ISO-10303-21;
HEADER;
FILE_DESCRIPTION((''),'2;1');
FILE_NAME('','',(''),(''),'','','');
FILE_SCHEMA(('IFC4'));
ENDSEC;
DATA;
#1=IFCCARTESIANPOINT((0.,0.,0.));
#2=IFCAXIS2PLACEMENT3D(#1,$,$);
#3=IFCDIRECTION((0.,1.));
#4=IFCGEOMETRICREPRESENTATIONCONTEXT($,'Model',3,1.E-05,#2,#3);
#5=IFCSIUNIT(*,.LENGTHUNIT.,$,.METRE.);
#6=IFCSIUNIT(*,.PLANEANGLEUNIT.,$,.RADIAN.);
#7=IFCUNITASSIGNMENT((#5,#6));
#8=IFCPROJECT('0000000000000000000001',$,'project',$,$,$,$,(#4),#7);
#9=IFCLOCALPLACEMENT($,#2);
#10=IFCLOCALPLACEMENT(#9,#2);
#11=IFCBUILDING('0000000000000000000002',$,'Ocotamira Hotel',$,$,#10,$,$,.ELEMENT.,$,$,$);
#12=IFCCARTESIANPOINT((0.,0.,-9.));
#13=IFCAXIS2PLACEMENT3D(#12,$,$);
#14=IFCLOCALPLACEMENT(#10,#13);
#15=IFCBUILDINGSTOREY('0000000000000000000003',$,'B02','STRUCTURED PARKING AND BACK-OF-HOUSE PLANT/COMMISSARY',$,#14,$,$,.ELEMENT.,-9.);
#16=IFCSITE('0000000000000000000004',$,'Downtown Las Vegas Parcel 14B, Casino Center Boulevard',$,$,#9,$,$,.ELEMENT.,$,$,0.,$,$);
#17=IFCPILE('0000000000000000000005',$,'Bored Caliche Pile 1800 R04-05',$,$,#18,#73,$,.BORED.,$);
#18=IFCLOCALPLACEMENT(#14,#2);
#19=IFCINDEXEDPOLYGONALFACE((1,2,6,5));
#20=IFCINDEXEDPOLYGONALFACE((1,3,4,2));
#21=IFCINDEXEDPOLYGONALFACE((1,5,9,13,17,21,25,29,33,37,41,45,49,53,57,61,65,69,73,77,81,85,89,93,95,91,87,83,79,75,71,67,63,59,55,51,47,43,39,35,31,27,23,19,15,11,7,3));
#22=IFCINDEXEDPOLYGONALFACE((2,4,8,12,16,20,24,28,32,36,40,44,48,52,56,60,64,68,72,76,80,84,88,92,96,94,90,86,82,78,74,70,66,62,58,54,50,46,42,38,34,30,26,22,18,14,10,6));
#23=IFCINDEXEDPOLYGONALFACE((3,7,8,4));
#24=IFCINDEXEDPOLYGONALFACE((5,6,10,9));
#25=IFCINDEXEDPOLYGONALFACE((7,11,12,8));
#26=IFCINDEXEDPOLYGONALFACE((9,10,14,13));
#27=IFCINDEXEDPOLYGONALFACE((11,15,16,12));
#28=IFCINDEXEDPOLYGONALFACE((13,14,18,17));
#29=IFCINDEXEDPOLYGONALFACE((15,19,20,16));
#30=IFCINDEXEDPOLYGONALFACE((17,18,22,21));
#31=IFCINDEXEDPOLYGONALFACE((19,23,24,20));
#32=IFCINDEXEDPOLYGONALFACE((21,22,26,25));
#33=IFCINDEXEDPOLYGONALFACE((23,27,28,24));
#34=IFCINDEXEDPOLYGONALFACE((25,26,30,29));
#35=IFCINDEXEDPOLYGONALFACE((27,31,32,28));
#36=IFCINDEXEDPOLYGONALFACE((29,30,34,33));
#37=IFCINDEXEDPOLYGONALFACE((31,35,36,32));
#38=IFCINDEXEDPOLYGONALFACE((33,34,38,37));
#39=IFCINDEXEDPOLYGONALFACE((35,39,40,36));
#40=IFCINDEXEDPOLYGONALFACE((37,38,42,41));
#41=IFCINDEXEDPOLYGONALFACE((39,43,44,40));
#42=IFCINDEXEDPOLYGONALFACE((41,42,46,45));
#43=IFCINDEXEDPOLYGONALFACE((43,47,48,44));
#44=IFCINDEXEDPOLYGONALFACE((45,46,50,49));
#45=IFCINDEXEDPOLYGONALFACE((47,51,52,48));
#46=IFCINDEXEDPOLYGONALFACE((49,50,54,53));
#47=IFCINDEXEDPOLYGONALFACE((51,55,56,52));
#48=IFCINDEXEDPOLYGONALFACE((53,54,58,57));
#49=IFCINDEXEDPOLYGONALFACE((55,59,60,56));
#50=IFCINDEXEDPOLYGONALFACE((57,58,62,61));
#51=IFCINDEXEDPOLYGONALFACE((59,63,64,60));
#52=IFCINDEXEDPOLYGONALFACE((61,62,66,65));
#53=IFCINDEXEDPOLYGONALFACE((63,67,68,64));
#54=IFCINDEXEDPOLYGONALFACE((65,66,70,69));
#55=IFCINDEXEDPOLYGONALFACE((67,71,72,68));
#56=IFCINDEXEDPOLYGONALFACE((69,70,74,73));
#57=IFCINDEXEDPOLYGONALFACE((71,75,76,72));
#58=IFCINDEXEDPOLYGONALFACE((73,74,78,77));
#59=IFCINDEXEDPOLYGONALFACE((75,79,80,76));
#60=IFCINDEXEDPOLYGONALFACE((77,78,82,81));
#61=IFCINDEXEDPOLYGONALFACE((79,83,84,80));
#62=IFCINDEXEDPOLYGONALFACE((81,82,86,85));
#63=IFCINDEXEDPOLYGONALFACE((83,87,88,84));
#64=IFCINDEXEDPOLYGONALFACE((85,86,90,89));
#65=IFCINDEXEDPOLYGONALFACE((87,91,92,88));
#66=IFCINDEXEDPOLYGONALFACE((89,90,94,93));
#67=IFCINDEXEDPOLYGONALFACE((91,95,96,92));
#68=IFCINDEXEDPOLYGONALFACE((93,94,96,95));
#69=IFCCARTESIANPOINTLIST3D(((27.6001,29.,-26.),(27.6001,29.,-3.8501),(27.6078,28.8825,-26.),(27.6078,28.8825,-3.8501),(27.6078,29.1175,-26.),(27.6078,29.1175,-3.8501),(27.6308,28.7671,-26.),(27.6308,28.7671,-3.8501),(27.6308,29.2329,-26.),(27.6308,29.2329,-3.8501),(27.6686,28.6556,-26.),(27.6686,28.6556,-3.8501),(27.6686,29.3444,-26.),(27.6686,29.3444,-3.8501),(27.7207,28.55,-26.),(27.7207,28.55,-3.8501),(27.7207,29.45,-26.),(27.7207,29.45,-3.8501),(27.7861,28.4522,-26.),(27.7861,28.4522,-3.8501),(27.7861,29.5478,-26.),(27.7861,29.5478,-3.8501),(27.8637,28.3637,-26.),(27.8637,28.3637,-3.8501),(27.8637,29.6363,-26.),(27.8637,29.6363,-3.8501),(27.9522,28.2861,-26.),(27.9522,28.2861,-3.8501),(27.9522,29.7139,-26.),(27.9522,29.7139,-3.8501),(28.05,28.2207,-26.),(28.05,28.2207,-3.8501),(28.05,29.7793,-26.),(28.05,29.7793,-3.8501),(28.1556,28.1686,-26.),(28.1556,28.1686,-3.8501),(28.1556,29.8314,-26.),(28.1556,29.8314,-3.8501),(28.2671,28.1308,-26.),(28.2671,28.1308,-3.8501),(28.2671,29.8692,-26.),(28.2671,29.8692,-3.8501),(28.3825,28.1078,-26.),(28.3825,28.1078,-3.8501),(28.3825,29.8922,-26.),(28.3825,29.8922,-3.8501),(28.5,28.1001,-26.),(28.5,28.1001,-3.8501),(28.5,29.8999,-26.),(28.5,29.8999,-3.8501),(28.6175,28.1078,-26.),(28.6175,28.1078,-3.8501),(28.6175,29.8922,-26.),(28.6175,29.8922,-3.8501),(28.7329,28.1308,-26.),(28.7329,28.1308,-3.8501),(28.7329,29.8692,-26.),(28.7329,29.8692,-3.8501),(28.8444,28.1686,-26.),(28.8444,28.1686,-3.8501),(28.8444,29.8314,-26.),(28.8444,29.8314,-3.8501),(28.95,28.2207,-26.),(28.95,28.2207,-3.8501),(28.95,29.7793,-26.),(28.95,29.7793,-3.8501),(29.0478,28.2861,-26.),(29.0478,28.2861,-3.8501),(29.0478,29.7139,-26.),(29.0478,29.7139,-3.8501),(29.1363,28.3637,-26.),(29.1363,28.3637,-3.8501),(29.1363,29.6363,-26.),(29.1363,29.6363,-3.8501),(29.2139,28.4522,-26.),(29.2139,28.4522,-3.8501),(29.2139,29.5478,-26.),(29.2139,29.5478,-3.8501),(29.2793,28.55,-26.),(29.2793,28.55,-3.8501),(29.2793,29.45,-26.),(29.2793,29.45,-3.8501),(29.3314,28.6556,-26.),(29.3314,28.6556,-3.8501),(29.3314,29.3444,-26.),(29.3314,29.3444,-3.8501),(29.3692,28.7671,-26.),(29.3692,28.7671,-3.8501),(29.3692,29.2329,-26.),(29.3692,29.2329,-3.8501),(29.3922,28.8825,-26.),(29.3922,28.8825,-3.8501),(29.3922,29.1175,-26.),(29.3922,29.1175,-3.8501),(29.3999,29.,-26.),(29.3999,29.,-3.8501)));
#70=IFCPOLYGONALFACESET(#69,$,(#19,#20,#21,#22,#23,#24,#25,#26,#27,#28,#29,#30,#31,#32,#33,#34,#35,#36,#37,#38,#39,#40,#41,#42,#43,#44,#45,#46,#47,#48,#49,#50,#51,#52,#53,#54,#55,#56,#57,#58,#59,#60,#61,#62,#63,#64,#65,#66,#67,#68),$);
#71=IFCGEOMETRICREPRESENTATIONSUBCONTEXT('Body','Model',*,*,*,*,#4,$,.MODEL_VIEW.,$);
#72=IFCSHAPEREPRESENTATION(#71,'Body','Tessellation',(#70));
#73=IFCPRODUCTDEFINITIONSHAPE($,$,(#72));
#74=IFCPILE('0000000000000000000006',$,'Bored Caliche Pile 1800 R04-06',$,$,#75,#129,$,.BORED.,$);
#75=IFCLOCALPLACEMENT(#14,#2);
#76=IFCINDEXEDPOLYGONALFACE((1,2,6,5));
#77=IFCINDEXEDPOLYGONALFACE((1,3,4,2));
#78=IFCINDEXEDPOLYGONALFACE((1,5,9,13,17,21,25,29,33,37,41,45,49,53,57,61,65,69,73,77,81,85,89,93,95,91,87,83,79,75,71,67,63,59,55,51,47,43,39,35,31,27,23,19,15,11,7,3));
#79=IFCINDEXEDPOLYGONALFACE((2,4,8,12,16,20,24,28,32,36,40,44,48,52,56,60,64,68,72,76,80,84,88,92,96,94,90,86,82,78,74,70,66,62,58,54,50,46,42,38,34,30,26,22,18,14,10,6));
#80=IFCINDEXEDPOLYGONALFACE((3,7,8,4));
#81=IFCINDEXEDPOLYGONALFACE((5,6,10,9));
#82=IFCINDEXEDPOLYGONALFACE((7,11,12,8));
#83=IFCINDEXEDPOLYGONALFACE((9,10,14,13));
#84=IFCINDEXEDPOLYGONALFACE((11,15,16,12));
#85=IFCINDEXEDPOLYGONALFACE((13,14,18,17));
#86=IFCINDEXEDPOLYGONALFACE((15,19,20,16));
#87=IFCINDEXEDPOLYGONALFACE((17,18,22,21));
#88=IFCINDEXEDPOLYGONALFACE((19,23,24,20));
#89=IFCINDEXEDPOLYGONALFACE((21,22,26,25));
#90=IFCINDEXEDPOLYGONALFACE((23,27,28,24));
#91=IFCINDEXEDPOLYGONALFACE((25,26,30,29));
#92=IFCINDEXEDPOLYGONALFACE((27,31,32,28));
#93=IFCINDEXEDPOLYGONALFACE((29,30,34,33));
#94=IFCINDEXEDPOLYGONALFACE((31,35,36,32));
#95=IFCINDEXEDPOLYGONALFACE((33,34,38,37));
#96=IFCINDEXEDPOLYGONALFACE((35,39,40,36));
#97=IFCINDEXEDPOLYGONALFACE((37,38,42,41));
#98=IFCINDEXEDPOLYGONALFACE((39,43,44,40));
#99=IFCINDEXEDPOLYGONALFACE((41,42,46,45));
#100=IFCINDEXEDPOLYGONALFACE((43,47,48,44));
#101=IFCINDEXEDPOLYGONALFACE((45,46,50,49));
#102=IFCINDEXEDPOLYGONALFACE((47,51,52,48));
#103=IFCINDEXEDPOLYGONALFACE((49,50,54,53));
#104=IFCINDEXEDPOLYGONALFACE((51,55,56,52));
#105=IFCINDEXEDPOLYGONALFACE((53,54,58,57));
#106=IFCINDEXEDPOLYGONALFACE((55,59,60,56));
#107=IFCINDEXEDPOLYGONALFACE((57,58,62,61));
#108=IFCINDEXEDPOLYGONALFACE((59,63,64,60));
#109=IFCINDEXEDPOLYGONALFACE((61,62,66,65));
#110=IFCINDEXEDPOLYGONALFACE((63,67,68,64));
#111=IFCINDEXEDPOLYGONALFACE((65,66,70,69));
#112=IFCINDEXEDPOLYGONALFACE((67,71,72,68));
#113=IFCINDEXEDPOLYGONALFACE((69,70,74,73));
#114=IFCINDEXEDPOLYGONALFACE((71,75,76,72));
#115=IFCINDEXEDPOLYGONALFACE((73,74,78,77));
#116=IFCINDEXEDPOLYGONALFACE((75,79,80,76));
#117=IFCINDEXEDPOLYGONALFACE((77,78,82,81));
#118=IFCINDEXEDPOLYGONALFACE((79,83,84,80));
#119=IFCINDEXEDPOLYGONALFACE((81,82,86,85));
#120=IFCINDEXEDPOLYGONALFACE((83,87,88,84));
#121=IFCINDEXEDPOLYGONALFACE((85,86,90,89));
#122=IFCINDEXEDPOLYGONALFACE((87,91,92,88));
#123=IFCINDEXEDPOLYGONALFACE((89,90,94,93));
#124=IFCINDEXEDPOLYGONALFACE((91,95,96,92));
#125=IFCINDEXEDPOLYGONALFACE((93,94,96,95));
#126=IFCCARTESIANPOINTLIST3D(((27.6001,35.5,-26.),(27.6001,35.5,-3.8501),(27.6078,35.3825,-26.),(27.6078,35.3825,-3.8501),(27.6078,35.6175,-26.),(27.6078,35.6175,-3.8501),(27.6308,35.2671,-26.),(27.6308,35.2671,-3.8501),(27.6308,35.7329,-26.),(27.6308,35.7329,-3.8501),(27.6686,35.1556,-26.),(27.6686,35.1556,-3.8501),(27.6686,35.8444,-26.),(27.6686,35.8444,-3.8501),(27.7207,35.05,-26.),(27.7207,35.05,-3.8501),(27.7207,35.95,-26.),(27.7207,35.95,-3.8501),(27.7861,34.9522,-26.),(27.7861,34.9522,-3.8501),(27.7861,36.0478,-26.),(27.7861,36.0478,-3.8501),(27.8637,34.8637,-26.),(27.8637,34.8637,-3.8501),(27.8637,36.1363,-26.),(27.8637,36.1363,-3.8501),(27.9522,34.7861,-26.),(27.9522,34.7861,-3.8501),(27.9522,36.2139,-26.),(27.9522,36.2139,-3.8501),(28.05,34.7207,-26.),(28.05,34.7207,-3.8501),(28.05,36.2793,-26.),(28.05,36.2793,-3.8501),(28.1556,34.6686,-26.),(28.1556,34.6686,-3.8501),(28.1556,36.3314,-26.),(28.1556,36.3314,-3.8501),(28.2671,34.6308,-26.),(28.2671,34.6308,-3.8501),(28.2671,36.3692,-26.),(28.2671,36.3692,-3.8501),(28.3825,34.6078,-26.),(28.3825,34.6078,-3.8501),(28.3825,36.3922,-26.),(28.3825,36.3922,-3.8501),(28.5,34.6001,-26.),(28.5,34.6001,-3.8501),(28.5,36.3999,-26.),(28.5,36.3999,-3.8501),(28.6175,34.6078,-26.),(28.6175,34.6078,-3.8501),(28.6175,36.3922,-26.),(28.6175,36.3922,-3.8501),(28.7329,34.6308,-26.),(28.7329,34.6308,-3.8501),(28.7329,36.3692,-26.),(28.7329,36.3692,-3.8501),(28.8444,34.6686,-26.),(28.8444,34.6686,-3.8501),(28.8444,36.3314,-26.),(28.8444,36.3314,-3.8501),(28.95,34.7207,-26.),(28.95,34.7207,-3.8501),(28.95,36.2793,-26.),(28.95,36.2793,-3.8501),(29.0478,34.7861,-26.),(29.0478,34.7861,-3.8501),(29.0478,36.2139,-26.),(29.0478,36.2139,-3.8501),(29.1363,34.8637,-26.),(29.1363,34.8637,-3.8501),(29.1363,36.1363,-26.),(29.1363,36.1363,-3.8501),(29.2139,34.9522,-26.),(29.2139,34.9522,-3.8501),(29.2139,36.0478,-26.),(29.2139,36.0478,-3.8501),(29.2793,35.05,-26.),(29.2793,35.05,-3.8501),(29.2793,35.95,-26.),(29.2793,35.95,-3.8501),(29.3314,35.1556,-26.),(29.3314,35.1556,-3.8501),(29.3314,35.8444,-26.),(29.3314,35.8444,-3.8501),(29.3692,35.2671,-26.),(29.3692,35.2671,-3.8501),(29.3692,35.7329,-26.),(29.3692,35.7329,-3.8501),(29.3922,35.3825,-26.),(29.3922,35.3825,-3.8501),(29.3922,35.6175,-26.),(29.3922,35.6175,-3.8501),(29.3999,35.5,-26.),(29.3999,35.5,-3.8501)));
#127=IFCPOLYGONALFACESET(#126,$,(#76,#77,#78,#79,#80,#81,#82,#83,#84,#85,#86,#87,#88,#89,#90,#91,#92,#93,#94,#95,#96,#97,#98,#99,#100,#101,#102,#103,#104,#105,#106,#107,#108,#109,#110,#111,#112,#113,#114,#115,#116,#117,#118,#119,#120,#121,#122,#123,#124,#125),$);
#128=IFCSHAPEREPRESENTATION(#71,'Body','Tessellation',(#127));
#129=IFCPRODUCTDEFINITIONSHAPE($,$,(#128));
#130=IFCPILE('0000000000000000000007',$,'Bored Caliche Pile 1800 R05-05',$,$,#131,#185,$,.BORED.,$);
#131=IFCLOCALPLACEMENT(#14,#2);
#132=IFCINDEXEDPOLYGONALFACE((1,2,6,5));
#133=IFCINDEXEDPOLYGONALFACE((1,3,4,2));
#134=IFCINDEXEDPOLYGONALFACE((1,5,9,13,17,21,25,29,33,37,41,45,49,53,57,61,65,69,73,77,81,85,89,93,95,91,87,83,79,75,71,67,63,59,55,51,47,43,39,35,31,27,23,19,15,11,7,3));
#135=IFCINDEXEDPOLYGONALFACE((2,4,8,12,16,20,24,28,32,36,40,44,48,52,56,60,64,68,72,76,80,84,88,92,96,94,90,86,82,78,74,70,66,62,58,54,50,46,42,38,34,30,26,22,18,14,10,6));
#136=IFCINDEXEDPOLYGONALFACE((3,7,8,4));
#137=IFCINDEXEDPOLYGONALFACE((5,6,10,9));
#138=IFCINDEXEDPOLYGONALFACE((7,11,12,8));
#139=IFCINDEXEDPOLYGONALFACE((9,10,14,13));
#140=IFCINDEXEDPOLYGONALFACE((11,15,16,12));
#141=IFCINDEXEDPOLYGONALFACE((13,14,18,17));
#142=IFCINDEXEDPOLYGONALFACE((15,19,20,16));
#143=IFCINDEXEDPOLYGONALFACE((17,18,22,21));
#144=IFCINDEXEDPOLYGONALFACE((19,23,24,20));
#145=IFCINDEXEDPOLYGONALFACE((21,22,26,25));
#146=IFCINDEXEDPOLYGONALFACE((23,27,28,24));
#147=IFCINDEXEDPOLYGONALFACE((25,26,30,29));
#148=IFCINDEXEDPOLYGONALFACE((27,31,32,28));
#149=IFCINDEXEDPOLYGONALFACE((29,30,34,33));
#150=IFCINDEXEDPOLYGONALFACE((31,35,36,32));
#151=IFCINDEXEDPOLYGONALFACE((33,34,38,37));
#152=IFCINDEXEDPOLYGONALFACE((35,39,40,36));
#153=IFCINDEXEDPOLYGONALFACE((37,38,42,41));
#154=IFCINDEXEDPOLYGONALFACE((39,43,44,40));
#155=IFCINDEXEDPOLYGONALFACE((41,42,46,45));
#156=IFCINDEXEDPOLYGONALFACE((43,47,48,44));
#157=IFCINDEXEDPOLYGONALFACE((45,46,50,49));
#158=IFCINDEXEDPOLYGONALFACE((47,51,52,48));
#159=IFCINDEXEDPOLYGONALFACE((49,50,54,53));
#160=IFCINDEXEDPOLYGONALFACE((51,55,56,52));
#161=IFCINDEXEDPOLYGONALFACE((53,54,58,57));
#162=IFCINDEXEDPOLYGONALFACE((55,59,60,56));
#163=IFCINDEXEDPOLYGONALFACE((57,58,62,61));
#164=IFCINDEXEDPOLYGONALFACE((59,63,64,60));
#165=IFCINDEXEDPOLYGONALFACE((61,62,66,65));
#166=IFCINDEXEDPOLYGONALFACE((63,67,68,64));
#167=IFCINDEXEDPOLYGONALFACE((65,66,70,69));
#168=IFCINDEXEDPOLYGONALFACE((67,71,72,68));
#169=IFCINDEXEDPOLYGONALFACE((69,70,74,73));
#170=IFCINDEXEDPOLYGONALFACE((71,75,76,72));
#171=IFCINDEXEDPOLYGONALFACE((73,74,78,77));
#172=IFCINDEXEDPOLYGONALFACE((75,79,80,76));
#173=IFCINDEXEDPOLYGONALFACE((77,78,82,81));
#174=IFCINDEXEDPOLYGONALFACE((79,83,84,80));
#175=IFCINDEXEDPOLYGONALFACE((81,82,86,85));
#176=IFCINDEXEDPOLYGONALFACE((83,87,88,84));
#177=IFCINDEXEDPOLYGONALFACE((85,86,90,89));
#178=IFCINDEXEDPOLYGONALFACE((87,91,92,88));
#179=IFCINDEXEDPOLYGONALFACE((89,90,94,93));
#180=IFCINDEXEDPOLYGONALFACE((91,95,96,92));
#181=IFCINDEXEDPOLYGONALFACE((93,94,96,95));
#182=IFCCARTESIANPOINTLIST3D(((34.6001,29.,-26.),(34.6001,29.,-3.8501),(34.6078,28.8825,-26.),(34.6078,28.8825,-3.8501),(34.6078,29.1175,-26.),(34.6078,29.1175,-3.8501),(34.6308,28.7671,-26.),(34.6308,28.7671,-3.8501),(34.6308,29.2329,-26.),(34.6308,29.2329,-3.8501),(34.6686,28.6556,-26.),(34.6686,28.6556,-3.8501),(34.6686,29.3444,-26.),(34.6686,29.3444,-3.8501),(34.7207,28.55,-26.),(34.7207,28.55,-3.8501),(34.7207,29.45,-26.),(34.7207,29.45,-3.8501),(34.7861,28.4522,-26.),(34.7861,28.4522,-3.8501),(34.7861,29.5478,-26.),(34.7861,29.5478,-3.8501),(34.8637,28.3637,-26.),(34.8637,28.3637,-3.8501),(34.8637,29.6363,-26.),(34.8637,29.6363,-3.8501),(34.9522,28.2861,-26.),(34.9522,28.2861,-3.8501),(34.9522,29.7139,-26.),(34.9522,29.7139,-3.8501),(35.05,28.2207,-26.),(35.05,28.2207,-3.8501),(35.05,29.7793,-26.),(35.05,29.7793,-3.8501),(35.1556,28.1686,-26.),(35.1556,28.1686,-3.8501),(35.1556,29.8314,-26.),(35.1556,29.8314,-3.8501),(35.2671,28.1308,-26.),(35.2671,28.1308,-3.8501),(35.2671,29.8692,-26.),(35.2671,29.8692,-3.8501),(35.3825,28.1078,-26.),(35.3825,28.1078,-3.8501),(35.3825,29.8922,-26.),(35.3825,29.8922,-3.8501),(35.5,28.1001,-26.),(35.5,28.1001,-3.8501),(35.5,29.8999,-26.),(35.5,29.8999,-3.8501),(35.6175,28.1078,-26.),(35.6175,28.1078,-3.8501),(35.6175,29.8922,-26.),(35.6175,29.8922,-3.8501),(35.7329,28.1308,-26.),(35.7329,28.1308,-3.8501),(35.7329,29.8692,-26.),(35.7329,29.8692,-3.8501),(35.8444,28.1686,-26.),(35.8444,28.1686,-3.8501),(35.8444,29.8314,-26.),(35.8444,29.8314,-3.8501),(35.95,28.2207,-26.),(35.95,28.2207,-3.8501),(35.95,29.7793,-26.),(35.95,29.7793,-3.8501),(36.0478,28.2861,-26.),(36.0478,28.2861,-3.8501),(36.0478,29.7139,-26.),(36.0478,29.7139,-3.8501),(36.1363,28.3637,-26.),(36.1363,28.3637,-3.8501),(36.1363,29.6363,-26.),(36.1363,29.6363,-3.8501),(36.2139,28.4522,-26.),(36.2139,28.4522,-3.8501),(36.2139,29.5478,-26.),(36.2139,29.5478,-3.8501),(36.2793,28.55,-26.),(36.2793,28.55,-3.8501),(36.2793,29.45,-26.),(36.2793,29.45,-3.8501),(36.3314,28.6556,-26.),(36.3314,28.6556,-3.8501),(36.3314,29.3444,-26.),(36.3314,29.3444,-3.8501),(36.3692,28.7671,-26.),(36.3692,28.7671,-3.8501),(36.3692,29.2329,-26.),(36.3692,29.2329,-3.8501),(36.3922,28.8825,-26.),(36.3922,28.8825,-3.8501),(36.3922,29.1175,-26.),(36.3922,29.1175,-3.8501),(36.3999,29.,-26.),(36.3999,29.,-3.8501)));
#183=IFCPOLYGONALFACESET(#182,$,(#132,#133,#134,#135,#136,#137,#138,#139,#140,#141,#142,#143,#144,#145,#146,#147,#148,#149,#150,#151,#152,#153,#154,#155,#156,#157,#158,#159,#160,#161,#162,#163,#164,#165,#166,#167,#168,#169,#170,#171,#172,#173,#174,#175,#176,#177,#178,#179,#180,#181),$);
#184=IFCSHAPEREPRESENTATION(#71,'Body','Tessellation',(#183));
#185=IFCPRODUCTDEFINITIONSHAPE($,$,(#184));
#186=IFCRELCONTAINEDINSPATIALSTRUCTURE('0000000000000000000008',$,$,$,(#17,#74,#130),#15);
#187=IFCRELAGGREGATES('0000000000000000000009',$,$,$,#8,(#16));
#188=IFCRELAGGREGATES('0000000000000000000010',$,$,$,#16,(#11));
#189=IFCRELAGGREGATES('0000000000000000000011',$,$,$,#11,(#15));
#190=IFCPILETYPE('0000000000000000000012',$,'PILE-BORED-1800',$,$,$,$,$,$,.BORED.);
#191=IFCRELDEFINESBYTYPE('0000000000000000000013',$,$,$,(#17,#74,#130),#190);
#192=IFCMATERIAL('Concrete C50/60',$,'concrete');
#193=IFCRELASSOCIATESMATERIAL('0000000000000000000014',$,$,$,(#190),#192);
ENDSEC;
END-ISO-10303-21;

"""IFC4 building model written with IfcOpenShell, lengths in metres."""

from ifc_helpers import new_model, si_unit, direction, frame, origin, origin_2d, place, context, subcontext, project, spatial, circle, extrude, source, transform, mapped, material, material_profile, profile_set, type_object, element, save


model = new_model("IFC4")

# Units and contexts
model_context = context("Model", 3, precision=1e-05, world=origin(), true_north=direction((0.0, 1.0)))
body_context = subcontext(model_context, "Body", "Model", "MODEL_VIEW")
ifc_project = project(units=[si_unit("LENGTHUNIT", "METRE"), si_unit("PLANEANGLEUNIT", "RADIAN")], contexts=[model_context])

# Site, building, storey
site_placement = place(None, origin())
site = spatial("IfcSite", under=ifc_project, at=site_placement, Name="Downtown Las Vegas Parcel 14B, Casino Center Boulevard", CompositionType="ELEMENT", RefElevation=0.0)
building_placement = place(site_placement, origin())
building = spatial("IfcBuilding", under=site, at=building_placement, Name="Ocotamira Hotel", CompositionType="ELEMENT")
storey_placement = place(building_placement, frame((0.0, 0.0, -9.0)))
storey = spatial("IfcBuildingStorey", under=building, at=storey_placement, Name="B02", Description="STRUCTURED PARKING AND BACK-OF-HOUSE PLANT/COMMISSARY", CompositionType="ELEMENT", Elevation=-9.0)

# Piles
ifc_material_1 = material(Name="Concrete C50/60", Category="concrete")
ifc_material_profile_1 = material_profile(ifc_material_1, circle(Radius=0.8999, at=origin_2d()), Name="PILE1800")
ifc_profile_set_1 = profile_set([ifc_material_profile_1], Name="Concrete C50/60")
pile_type_1 = type_object("IfcPileType", Name="PILE-BORED-1800", PredefinedType="BORED", material=ifc_profile_set_1)
shared_shape_1 = source(origin(), body_context, "Body", "SweptSolid", [
    extrude(circle(Radius=0.8999, at=origin_2d()), origin(), (0.0, 0.0, 1.0), 22.1499),
])
for number, where, z_axis, x_axis, name in (
    (1, (28.5, 29.0, -3.8501), (0.0, 0.0, -1.0), (1.0, 0.0, 0.0), "Bored Caliche Pile 1800 R04-05"),
    (2, (28.5, 35.5, -3.8501), (0.0, 0.0, -1.0), (1.0, 0.0, 0.0), "Bored Caliche Pile 1800 R04-06"),
    (3, (35.5, 29.0, -3.8501), (0.0, 0.0, -1.0), (1.0, 0.0, 0.0), "Bored Caliche Pile 1800 R05-05"),
):
    element("IfcPile", number, at=place(storey_placement, frame(where, z_axis=z_axis, x_axis=x_axis)), inside=storey, type_object=pile_type_1, Name=name, PredefinedType="BORED", context=body_context, shape_type="MappedRepresentation", body=[
        mapped(shared_shape_1, transform((0.0, 0.0, 0.0), scale=1.0)),
    ])

save(model, "model.ifc")
